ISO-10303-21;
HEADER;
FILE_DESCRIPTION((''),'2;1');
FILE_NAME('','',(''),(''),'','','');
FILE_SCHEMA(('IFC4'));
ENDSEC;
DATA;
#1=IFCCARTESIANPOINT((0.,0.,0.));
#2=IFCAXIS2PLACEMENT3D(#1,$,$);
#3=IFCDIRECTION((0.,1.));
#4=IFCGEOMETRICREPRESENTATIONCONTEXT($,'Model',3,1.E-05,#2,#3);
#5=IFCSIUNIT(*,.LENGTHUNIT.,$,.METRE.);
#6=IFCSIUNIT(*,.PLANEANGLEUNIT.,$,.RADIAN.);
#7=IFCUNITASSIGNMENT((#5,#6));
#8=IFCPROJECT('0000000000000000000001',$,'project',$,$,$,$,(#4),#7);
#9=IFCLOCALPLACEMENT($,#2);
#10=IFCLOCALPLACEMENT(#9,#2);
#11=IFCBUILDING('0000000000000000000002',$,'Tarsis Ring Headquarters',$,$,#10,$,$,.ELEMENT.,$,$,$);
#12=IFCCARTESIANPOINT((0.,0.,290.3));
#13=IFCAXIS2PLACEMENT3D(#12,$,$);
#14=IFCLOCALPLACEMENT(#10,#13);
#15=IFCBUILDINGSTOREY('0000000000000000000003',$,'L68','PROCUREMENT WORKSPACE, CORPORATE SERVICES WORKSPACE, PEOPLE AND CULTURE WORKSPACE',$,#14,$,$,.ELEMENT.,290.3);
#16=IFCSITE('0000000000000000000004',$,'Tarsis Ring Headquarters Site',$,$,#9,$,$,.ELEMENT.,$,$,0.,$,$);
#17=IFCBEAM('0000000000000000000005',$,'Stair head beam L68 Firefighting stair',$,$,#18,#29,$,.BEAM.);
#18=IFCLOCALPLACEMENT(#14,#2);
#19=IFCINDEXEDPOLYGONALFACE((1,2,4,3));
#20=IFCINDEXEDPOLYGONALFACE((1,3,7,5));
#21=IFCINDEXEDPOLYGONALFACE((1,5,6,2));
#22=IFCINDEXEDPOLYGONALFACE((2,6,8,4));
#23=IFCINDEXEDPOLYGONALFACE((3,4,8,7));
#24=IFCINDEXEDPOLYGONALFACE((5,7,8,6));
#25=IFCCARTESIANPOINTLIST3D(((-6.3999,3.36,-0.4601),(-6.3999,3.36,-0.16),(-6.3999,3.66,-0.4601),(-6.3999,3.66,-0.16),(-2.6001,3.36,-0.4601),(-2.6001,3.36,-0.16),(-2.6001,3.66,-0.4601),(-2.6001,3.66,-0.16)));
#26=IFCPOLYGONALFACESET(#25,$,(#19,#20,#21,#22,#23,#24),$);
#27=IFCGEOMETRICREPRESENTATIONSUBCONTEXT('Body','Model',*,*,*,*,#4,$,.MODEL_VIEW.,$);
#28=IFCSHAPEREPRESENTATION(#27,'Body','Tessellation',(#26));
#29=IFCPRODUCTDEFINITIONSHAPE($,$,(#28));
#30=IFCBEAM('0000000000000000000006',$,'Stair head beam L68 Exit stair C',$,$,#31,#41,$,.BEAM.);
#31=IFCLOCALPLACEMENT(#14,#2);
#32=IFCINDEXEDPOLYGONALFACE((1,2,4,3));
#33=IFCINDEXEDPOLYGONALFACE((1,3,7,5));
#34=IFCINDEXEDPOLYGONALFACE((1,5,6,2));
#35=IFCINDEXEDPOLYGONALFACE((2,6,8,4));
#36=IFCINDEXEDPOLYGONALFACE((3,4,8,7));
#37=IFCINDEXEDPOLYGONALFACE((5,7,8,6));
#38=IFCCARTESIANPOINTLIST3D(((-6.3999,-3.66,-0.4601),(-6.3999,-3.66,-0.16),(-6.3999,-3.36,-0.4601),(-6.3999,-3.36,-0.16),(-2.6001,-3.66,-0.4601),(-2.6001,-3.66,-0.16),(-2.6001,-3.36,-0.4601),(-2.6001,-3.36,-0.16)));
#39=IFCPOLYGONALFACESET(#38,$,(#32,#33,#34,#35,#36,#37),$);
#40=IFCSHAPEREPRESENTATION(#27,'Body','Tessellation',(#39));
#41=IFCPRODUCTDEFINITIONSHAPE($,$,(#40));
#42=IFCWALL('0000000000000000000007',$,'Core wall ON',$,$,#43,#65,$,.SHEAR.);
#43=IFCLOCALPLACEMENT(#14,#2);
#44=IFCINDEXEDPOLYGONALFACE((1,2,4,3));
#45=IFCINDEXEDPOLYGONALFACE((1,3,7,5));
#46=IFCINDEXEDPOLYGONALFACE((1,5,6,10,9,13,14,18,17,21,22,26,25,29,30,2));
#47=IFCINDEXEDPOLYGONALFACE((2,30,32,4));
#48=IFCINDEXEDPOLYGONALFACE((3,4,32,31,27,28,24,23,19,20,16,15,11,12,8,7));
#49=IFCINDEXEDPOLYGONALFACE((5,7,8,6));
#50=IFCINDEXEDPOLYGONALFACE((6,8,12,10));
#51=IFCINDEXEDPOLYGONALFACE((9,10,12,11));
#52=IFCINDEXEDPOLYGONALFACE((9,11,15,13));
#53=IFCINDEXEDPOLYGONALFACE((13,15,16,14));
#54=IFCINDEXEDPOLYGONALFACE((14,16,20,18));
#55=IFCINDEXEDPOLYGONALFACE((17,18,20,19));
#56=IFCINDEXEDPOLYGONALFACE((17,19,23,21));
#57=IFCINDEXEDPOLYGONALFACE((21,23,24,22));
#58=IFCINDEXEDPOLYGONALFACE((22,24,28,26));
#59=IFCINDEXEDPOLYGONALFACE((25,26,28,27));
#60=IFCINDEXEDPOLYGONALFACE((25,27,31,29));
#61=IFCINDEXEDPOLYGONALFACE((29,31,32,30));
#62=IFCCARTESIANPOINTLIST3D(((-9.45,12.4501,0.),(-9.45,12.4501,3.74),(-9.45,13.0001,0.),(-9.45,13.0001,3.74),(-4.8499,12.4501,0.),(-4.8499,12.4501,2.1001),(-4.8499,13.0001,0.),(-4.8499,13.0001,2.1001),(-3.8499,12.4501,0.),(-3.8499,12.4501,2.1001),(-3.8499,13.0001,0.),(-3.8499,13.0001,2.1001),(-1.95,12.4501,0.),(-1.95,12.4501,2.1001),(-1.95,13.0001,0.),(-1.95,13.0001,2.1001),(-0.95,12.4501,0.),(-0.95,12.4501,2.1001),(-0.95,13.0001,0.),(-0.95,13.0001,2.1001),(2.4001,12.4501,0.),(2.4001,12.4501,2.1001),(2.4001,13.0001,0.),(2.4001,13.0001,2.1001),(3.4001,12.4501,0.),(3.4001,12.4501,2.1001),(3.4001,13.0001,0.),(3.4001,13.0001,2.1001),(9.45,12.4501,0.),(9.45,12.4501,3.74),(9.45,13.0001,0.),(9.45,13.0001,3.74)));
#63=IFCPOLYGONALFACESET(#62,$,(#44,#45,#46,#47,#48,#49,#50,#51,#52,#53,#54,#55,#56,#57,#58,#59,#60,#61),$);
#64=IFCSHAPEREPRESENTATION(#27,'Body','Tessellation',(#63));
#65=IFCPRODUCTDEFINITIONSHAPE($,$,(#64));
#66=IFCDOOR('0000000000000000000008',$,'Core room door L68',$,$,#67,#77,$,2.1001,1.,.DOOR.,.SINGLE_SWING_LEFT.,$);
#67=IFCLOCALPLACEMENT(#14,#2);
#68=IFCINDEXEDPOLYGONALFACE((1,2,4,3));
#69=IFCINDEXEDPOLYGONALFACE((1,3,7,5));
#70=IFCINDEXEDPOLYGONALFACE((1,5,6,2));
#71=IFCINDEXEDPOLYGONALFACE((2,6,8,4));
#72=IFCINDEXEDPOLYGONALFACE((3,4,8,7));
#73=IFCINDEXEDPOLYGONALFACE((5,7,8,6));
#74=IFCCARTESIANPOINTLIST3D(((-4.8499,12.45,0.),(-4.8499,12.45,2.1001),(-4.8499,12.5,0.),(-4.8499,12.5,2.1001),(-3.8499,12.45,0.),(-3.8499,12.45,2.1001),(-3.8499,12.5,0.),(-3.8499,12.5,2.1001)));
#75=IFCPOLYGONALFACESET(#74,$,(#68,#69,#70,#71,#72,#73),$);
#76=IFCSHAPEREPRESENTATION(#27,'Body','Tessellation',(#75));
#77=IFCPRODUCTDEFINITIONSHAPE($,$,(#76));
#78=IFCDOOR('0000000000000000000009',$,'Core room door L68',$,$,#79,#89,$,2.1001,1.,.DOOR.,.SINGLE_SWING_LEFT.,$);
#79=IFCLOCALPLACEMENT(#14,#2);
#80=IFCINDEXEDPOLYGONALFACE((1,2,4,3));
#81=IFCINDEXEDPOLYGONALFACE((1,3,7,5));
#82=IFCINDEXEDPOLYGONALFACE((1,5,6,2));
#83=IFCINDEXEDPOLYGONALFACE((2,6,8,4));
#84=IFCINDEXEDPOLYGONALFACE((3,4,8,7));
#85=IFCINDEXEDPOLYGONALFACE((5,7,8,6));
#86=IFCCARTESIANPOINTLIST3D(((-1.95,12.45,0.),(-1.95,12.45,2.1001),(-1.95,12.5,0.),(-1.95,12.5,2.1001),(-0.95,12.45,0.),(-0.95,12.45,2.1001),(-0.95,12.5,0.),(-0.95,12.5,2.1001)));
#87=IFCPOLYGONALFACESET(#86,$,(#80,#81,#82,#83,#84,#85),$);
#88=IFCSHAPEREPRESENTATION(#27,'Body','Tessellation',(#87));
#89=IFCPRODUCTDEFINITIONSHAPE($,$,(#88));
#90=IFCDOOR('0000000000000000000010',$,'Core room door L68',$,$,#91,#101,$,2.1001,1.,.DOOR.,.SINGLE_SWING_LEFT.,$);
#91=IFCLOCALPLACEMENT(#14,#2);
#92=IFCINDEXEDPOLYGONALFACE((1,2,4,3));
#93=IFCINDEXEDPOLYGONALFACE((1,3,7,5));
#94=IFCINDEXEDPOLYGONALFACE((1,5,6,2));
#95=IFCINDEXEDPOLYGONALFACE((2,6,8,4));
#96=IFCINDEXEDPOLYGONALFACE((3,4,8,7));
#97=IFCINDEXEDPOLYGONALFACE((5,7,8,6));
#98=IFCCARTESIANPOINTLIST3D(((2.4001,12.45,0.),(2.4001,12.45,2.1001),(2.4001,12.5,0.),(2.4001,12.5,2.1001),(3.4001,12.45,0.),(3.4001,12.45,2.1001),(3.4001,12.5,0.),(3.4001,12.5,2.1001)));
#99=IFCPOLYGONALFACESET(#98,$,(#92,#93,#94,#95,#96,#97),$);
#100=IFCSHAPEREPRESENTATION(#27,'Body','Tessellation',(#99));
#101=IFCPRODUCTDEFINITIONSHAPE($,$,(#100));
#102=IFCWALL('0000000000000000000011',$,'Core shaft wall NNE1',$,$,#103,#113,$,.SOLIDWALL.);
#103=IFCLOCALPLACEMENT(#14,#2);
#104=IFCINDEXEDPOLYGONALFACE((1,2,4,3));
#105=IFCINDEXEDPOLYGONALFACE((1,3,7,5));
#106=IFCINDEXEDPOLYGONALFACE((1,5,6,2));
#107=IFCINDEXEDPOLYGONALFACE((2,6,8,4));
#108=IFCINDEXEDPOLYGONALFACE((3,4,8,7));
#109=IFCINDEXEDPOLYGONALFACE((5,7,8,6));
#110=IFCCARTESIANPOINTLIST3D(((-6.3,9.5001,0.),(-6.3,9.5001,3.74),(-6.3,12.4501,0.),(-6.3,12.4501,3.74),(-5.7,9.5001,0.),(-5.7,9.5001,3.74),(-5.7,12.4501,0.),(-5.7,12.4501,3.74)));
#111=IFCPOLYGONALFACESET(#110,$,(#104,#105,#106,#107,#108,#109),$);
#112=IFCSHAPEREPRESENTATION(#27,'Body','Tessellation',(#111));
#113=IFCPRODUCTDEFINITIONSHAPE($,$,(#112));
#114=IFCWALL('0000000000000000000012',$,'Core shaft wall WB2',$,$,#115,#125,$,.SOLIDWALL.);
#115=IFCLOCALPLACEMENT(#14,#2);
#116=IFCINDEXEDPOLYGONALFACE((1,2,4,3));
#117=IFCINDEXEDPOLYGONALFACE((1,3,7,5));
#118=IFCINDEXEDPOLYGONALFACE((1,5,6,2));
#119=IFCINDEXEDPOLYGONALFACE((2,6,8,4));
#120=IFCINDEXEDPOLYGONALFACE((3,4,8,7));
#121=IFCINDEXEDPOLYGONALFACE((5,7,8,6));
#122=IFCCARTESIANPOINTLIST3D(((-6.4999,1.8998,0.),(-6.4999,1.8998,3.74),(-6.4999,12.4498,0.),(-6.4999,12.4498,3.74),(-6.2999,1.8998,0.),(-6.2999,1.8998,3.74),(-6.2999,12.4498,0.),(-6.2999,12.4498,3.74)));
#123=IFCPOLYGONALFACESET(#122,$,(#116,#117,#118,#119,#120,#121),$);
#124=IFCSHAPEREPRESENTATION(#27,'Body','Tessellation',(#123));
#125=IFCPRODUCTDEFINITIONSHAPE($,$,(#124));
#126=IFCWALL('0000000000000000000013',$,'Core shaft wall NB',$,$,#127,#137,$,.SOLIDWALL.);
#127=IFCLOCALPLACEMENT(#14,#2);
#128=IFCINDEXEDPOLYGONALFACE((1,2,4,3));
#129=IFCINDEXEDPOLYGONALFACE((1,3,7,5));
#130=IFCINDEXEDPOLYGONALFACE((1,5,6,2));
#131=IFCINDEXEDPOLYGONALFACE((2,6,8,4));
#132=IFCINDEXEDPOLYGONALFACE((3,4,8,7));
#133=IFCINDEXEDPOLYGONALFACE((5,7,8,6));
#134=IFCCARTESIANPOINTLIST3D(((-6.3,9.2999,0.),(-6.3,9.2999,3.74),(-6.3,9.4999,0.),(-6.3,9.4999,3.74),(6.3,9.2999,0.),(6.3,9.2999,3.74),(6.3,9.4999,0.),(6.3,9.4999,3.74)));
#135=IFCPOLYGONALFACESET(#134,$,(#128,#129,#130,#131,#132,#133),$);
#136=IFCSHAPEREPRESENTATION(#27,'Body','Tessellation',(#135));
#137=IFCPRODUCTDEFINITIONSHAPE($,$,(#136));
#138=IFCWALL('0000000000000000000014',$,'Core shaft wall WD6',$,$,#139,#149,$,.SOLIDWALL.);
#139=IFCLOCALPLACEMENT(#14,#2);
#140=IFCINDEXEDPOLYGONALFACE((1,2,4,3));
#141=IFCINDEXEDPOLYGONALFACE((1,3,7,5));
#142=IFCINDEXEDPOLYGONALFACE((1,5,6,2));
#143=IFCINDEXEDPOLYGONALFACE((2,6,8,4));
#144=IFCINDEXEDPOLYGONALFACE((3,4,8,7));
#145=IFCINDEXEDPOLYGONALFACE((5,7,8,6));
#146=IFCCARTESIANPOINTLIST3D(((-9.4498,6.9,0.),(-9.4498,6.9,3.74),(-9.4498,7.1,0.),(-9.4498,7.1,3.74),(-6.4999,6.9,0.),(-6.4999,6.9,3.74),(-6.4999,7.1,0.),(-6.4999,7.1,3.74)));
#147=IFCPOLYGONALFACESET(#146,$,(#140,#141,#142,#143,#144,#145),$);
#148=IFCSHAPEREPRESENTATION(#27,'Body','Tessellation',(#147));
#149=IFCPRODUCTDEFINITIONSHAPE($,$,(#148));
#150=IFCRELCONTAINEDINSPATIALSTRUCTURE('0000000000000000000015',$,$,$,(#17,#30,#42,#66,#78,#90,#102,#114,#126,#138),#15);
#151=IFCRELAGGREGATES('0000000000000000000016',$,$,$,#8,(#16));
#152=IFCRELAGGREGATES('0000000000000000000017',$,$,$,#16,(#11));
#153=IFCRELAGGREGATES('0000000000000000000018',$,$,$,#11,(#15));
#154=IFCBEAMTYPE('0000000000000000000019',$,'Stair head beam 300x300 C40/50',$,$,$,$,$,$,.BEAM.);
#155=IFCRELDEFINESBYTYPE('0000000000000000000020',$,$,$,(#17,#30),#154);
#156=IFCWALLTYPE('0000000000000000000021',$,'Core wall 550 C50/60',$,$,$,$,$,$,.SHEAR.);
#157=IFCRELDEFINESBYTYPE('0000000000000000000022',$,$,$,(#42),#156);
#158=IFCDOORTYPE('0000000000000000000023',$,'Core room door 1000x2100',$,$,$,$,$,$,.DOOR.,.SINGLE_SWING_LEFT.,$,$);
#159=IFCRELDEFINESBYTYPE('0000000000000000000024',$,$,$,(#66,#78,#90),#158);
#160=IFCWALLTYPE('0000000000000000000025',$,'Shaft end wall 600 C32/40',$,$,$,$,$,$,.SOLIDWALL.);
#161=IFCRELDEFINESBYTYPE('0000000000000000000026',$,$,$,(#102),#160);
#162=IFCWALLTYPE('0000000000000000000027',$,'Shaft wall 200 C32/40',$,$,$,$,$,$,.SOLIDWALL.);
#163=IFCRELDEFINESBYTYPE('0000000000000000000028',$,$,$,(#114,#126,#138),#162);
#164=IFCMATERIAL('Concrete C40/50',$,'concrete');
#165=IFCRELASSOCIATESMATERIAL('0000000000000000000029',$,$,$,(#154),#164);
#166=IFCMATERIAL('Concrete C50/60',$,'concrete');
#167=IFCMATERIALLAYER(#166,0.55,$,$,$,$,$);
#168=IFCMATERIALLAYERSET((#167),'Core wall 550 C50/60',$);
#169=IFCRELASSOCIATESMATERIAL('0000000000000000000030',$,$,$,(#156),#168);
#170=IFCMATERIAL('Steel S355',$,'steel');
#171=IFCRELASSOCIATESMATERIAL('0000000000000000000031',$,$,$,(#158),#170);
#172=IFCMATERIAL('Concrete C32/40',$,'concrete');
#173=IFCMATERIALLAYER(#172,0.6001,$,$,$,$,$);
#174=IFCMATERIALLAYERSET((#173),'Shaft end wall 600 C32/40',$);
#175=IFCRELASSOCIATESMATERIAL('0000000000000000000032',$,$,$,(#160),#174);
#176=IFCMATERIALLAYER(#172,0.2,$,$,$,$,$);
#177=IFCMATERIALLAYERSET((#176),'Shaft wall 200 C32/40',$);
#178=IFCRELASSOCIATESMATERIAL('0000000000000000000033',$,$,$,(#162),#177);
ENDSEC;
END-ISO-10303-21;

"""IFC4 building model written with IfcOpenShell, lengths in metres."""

from ifc_helpers import new_model, si_unit, direction, frame, frame_2d, origin, origin_2d, place, context, subcontext, project, spatial, rectangle, extrude, material, layer, layer_set, material_profile, profile_set, type_object, element, fill, save


model = new_model("IFC4")

# Units and contexts
model_context = context("Model", 3, precision=1e-05, world=origin(), true_north=direction((0.0, 1.0)))
body_context = subcontext(model_context, "Body", "Model", "MODEL_VIEW")
ifc_project = project(units=[si_unit("LENGTHUNIT", "METRE"), si_unit("PLANEANGLEUNIT", "RADIAN")], contexts=[model_context])

# Site, building, storey
site_placement = place(None, origin())
site = spatial("IfcSite", under=ifc_project, at=site_placement, Name="Tarsis Ring Headquarters Site", CompositionType="ELEMENT", RefElevation=0.0)
building_placement = place(site_placement, origin())
building = spatial("IfcBuilding", under=site, at=building_placement, Name="Tarsis Ring Headquarters", CompositionType="ELEMENT")
storey_placement = place(building_placement, frame((0.0, 0.0, 290.3)))
storey = spatial("IfcBuildingStorey", under=building, at=storey_placement, Name="L68", Description="PROCUREMENT WORKSPACE, CORPORATE SERVICES WORKSPACE, PEOPLE AND CULTURE WORKSPACE", CompositionType="ELEMENT", Elevation=290.3)

# Beams
ifc_material_1 = material(Name="Concrete C40/50", Category="concrete")
ifc_material_profile = material_profile(ifc_material_1, rectangle(XDim=0.3, YDim=0.3, at=origin_2d()), Name="Stair head beam 300x300 C40/50")
ifc_profile_set = profile_set([ifc_material_profile], Name="Concrete C40/50")
beam_type = type_object("IfcBeamType", Name="Stair head beam 300x300 C40/50", PredefinedType="BEAM", material=ifc_profile_set)
for number, where, z_axis, x_axis, name in (
    (1, (-6.3999, 3.51, -0.3101), (1.0, 0.0, 0.0), (0.0, 1.0, 0.0), "Stair head beam L68 Firefighting stair"),
    (2, (-6.3999, -3.51, -0.3101), (1.0, 0.0, 0.0), (0.0, 1.0, 0.0), "Stair head beam L68 Exit stair C"),
):
    element("IfcBeam", number, at=place(storey_placement, frame(where, z_axis=z_axis, x_axis=x_axis)), inside=storey, type_object=beam_type, Name=name, PredefinedType="BEAM", context=body_context, shape_type="SweptSolid", body=[
        extrude(rectangle(XDim=0.3, YDim=0.3, at=origin_2d()), origin(), (0.0, 0.0, 1.0), 3.7998),
    ])

# Wall, openings, doors
ifc_material_2 = material(Name="Concrete C50/60", Category="concrete")
ifc_layer_1 = layer(ifc_material_2, 0.55)
ifc_layer_set_1 = layer_set([ifc_layer_1], Name="Core wall 550 C50/60")
wall_type_1 = type_object("IfcWallType", Name="Core wall 550 C50/60", PredefinedType="SHEAR", material=ifc_layer_set_1)
wall_1_placement = place(storey_placement, frame((-9.45, 12.7251, 0.0), z_axis=(0.0, 0.0, 1.0), x_axis=(1.0, 0.0, 0.0)))
wall_1 = element("IfcWall", 3, at=wall_1_placement, inside=storey, type_object=wall_type_1, Name="Core wall ON", PredefinedType="SHEAR", context=body_context, shape_type="SweptSolid", body=[
    extrude(rectangle(XDim=18.8999, YDim=0.55, at=frame_2d((9.45, 0.0))), origin(), (0.0, 0.0, 1.0), 3.74),
])
opening_1_placement = place(wall_1_placement, frame((4.6001, 0.0, 0.0)))
opening_1 = element("IfcOpeningElement", 4, at=opening_1_placement, cuts=wall_1, PredefinedType="OPENING", context=body_context, shape_type="SweptSolid", body=[
    extrude(rectangle(XDim=1.0, YDim=2.1001, at=frame_2d((0.5, 1.05))), frame((0.0, 0.2849, 0.0), z_axis=(0.0, -1.0, 0.0), x_axis=(1.0, 0.0, 0.0)), (0.0, 0.0, 1.0), 0.5701),
])
opening_2_placement = place(wall_1_placement, frame((7.5, 0.0, 0.0)))
opening_2 = element("IfcOpeningElement", 5, at=opening_2_placement, cuts=wall_1, PredefinedType="OPENING", context=body_context, shape_type="SweptSolid", body=[
    extrude(rectangle(XDim=1.0, YDim=2.1001, at=frame_2d((0.5, 1.05))), frame((0.0, 0.2849, 0.0), z_axis=(0.0, -1.0, 0.0), x_axis=(1.0, 0.0, 0.0)), (0.0, 0.0, 1.0), 0.5701),
])
opening_3_placement = place(wall_1_placement, frame((11.8501, 0.0, 0.0)))
opening_3 = element("IfcOpeningElement", 6, at=opening_3_placement, cuts=wall_1, PredefinedType="OPENING", context=body_context, shape_type="SweptSolid", body=[
    extrude(rectangle(XDim=1.0, YDim=2.1001, at=frame_2d((0.5, 1.05))), frame((0.0, 0.2849, 0.0), z_axis=(0.0, -1.0, 0.0), x_axis=(1.0, 0.0, 0.0)), (0.0, 0.0, 1.0), 0.5701),
])
ifc_material_3 = material(Name="Steel S355", Category="steel")
door_type = type_object("IfcDoorType", Name="Core room door 1000x2100", OperationType="SINGLE_SWING_LEFT", PredefinedType="DOOR", material=ifc_material_3)
door_1_placement = place(opening_1_placement, origin())
door_1 = element("IfcDoor", 7, at=door_1_placement, inside=storey, type_object=door_type, Name="Core room door L68", OperationType="SINGLE_SWING_LEFT", OverallHeight=2.1001, OverallWidth=1.0, PredefinedType="DOOR", context=body_context, shape_type="SweptSolid", body=[
    extrude(rectangle(XDim=1.0, YDim=2.1001, at=frame_2d((0.5, 1.05))), frame((0.0, -0.2251, 0.0), z_axis=(0.0, -1.0, 0.0), x_axis=(1.0, 0.0, 0.0)), (0.0, 0.0, 1.0), 0.05),
])
fill(opening_1, door_1)
door_2_placement = place(opening_2_placement, origin())
door_2 = element("IfcDoor", 8, at=door_2_placement, inside=storey, type_object=door_type, Name="Core room door L68", OperationType="SINGLE_SWING_LEFT", OverallHeight=2.1001, OverallWidth=1.0, PredefinedType="DOOR", context=body_context, shape_type="SweptSolid", body=[
    extrude(rectangle(XDim=1.0, YDim=2.1001, at=frame_2d((0.5, 1.05))), frame((0.0, -0.2251, 0.0), z_axis=(0.0, -1.0, 0.0), x_axis=(1.0, 0.0, 0.0)), (0.0, 0.0, 1.0), 0.05),
])
fill(opening_2, door_2)
door_3_placement = place(opening_3_placement, origin())
door_3 = element("IfcDoor", 9, at=door_3_placement, inside=storey, type_object=door_type, Name="Core room door L68", OperationType="SINGLE_SWING_LEFT", OverallHeight=2.1001, OverallWidth=1.0, PredefinedType="DOOR", context=body_context, shape_type="SweptSolid", body=[
    extrude(rectangle(XDim=1.0, YDim=2.1001, at=frame_2d((0.5, 1.05))), frame((0.0, -0.2251, 0.0), z_axis=(0.0, -1.0, 0.0), x_axis=(1.0, 0.0, 0.0)), (0.0, 0.0, 1.0), 0.05),
])
fill(opening_3, door_3)

# Walls
ifc_material_4 = material(Name="Concrete C32/40", Category="concrete")
ifc_layer_2 = layer(ifc_material_4, 0.6001)
ifc_layer_set_2 = layer_set([ifc_layer_2], Name="Shaft end wall 600 C32/40")
wall_type_2 = type_object("IfcWallType", Name="Shaft end wall 600 C32/40", PredefinedType="SOLIDWALL", material=ifc_layer_set_2)
wall_2_placement = place(storey_placement, frame((-6.0, 9.5, 0.0), z_axis=(0.0, 0.0, 1.0), x_axis=(0.0, 1.0, 0.0)))
element("IfcWall", 10, at=wall_2_placement, inside=storey, type_object=wall_type_2, Name="Core shaft wall NNE1", PredefinedType="SOLIDWALL", context=body_context, shape_type="SweptSolid", body=[
    extrude(rectangle(XDim=2.95, YDim=0.6001, at=frame_2d((1.4751, 0.0))), origin(), (0.0, 0.0, 1.0), 3.74),
])
ifc_layer_3 = layer(ifc_material_4, 0.2)
ifc_layer_set_3 = layer_set([ifc_layer_3], Name="Shaft wall 200 C32/40")
wall_type_3 = type_object("IfcWallType", Name="Shaft wall 200 C32/40", PredefinedType="SOLIDWALL", material=ifc_layer_set_3)
wall_3_placement = place(storey_placement, frame((-6.3999, 1.8999, 0.0), z_axis=(0.0, 0.0, 1.0), x_axis=(0.0, 1.0, 0.0)))
element("IfcWall", 11, at=wall_3_placement, inside=storey, type_object=wall_type_3, Name="Core shaft wall WB2", PredefinedType="SOLIDWALL", context=body_context, shape_type="SweptSolid", body=[
    extrude(rectangle(XDim=10.55, YDim=0.2, at=frame_2d((5.2749, 0.0))), origin(), (0.0, 0.0, 1.0), 3.74),
])
wall_4_placement = place(storey_placement, frame((-6.3, 9.3999, 0.0), z_axis=(0.0, 0.0, 1.0), x_axis=(1.0, 0.0, 0.0)))
element("IfcWall", 12, at=wall_4_placement, inside=storey, type_object=wall_type_3, Name="Core shaft wall NB", PredefinedType="SOLIDWALL", context=body_context, shape_type="SweptSolid", body=[
    extrude(rectangle(XDim=12.6001, YDim=0.2, at=frame_2d((6.3, 0.0))), origin(), (0.0, 0.0, 1.0), 3.74),
])
wall_5_placement = place(storey_placement, frame((-9.45, 7.0, 0.0), z_axis=(0.0, 0.0, 1.0), x_axis=(1.0, 0.0, 0.0)))
element("IfcWall", 13, at=wall_5_placement, inside=storey, type_object=wall_type_3, Name="Core shaft wall WD6", PredefinedType="SOLIDWALL", context=body_context, shape_type="SweptSolid", body=[
    extrude(rectangle(XDim=2.95, YDim=0.2, at=frame_2d((1.4751, 0.0))), origin(), (0.0, 0.0, 1.0), 3.74),
])

save(model, "model.ifc")
